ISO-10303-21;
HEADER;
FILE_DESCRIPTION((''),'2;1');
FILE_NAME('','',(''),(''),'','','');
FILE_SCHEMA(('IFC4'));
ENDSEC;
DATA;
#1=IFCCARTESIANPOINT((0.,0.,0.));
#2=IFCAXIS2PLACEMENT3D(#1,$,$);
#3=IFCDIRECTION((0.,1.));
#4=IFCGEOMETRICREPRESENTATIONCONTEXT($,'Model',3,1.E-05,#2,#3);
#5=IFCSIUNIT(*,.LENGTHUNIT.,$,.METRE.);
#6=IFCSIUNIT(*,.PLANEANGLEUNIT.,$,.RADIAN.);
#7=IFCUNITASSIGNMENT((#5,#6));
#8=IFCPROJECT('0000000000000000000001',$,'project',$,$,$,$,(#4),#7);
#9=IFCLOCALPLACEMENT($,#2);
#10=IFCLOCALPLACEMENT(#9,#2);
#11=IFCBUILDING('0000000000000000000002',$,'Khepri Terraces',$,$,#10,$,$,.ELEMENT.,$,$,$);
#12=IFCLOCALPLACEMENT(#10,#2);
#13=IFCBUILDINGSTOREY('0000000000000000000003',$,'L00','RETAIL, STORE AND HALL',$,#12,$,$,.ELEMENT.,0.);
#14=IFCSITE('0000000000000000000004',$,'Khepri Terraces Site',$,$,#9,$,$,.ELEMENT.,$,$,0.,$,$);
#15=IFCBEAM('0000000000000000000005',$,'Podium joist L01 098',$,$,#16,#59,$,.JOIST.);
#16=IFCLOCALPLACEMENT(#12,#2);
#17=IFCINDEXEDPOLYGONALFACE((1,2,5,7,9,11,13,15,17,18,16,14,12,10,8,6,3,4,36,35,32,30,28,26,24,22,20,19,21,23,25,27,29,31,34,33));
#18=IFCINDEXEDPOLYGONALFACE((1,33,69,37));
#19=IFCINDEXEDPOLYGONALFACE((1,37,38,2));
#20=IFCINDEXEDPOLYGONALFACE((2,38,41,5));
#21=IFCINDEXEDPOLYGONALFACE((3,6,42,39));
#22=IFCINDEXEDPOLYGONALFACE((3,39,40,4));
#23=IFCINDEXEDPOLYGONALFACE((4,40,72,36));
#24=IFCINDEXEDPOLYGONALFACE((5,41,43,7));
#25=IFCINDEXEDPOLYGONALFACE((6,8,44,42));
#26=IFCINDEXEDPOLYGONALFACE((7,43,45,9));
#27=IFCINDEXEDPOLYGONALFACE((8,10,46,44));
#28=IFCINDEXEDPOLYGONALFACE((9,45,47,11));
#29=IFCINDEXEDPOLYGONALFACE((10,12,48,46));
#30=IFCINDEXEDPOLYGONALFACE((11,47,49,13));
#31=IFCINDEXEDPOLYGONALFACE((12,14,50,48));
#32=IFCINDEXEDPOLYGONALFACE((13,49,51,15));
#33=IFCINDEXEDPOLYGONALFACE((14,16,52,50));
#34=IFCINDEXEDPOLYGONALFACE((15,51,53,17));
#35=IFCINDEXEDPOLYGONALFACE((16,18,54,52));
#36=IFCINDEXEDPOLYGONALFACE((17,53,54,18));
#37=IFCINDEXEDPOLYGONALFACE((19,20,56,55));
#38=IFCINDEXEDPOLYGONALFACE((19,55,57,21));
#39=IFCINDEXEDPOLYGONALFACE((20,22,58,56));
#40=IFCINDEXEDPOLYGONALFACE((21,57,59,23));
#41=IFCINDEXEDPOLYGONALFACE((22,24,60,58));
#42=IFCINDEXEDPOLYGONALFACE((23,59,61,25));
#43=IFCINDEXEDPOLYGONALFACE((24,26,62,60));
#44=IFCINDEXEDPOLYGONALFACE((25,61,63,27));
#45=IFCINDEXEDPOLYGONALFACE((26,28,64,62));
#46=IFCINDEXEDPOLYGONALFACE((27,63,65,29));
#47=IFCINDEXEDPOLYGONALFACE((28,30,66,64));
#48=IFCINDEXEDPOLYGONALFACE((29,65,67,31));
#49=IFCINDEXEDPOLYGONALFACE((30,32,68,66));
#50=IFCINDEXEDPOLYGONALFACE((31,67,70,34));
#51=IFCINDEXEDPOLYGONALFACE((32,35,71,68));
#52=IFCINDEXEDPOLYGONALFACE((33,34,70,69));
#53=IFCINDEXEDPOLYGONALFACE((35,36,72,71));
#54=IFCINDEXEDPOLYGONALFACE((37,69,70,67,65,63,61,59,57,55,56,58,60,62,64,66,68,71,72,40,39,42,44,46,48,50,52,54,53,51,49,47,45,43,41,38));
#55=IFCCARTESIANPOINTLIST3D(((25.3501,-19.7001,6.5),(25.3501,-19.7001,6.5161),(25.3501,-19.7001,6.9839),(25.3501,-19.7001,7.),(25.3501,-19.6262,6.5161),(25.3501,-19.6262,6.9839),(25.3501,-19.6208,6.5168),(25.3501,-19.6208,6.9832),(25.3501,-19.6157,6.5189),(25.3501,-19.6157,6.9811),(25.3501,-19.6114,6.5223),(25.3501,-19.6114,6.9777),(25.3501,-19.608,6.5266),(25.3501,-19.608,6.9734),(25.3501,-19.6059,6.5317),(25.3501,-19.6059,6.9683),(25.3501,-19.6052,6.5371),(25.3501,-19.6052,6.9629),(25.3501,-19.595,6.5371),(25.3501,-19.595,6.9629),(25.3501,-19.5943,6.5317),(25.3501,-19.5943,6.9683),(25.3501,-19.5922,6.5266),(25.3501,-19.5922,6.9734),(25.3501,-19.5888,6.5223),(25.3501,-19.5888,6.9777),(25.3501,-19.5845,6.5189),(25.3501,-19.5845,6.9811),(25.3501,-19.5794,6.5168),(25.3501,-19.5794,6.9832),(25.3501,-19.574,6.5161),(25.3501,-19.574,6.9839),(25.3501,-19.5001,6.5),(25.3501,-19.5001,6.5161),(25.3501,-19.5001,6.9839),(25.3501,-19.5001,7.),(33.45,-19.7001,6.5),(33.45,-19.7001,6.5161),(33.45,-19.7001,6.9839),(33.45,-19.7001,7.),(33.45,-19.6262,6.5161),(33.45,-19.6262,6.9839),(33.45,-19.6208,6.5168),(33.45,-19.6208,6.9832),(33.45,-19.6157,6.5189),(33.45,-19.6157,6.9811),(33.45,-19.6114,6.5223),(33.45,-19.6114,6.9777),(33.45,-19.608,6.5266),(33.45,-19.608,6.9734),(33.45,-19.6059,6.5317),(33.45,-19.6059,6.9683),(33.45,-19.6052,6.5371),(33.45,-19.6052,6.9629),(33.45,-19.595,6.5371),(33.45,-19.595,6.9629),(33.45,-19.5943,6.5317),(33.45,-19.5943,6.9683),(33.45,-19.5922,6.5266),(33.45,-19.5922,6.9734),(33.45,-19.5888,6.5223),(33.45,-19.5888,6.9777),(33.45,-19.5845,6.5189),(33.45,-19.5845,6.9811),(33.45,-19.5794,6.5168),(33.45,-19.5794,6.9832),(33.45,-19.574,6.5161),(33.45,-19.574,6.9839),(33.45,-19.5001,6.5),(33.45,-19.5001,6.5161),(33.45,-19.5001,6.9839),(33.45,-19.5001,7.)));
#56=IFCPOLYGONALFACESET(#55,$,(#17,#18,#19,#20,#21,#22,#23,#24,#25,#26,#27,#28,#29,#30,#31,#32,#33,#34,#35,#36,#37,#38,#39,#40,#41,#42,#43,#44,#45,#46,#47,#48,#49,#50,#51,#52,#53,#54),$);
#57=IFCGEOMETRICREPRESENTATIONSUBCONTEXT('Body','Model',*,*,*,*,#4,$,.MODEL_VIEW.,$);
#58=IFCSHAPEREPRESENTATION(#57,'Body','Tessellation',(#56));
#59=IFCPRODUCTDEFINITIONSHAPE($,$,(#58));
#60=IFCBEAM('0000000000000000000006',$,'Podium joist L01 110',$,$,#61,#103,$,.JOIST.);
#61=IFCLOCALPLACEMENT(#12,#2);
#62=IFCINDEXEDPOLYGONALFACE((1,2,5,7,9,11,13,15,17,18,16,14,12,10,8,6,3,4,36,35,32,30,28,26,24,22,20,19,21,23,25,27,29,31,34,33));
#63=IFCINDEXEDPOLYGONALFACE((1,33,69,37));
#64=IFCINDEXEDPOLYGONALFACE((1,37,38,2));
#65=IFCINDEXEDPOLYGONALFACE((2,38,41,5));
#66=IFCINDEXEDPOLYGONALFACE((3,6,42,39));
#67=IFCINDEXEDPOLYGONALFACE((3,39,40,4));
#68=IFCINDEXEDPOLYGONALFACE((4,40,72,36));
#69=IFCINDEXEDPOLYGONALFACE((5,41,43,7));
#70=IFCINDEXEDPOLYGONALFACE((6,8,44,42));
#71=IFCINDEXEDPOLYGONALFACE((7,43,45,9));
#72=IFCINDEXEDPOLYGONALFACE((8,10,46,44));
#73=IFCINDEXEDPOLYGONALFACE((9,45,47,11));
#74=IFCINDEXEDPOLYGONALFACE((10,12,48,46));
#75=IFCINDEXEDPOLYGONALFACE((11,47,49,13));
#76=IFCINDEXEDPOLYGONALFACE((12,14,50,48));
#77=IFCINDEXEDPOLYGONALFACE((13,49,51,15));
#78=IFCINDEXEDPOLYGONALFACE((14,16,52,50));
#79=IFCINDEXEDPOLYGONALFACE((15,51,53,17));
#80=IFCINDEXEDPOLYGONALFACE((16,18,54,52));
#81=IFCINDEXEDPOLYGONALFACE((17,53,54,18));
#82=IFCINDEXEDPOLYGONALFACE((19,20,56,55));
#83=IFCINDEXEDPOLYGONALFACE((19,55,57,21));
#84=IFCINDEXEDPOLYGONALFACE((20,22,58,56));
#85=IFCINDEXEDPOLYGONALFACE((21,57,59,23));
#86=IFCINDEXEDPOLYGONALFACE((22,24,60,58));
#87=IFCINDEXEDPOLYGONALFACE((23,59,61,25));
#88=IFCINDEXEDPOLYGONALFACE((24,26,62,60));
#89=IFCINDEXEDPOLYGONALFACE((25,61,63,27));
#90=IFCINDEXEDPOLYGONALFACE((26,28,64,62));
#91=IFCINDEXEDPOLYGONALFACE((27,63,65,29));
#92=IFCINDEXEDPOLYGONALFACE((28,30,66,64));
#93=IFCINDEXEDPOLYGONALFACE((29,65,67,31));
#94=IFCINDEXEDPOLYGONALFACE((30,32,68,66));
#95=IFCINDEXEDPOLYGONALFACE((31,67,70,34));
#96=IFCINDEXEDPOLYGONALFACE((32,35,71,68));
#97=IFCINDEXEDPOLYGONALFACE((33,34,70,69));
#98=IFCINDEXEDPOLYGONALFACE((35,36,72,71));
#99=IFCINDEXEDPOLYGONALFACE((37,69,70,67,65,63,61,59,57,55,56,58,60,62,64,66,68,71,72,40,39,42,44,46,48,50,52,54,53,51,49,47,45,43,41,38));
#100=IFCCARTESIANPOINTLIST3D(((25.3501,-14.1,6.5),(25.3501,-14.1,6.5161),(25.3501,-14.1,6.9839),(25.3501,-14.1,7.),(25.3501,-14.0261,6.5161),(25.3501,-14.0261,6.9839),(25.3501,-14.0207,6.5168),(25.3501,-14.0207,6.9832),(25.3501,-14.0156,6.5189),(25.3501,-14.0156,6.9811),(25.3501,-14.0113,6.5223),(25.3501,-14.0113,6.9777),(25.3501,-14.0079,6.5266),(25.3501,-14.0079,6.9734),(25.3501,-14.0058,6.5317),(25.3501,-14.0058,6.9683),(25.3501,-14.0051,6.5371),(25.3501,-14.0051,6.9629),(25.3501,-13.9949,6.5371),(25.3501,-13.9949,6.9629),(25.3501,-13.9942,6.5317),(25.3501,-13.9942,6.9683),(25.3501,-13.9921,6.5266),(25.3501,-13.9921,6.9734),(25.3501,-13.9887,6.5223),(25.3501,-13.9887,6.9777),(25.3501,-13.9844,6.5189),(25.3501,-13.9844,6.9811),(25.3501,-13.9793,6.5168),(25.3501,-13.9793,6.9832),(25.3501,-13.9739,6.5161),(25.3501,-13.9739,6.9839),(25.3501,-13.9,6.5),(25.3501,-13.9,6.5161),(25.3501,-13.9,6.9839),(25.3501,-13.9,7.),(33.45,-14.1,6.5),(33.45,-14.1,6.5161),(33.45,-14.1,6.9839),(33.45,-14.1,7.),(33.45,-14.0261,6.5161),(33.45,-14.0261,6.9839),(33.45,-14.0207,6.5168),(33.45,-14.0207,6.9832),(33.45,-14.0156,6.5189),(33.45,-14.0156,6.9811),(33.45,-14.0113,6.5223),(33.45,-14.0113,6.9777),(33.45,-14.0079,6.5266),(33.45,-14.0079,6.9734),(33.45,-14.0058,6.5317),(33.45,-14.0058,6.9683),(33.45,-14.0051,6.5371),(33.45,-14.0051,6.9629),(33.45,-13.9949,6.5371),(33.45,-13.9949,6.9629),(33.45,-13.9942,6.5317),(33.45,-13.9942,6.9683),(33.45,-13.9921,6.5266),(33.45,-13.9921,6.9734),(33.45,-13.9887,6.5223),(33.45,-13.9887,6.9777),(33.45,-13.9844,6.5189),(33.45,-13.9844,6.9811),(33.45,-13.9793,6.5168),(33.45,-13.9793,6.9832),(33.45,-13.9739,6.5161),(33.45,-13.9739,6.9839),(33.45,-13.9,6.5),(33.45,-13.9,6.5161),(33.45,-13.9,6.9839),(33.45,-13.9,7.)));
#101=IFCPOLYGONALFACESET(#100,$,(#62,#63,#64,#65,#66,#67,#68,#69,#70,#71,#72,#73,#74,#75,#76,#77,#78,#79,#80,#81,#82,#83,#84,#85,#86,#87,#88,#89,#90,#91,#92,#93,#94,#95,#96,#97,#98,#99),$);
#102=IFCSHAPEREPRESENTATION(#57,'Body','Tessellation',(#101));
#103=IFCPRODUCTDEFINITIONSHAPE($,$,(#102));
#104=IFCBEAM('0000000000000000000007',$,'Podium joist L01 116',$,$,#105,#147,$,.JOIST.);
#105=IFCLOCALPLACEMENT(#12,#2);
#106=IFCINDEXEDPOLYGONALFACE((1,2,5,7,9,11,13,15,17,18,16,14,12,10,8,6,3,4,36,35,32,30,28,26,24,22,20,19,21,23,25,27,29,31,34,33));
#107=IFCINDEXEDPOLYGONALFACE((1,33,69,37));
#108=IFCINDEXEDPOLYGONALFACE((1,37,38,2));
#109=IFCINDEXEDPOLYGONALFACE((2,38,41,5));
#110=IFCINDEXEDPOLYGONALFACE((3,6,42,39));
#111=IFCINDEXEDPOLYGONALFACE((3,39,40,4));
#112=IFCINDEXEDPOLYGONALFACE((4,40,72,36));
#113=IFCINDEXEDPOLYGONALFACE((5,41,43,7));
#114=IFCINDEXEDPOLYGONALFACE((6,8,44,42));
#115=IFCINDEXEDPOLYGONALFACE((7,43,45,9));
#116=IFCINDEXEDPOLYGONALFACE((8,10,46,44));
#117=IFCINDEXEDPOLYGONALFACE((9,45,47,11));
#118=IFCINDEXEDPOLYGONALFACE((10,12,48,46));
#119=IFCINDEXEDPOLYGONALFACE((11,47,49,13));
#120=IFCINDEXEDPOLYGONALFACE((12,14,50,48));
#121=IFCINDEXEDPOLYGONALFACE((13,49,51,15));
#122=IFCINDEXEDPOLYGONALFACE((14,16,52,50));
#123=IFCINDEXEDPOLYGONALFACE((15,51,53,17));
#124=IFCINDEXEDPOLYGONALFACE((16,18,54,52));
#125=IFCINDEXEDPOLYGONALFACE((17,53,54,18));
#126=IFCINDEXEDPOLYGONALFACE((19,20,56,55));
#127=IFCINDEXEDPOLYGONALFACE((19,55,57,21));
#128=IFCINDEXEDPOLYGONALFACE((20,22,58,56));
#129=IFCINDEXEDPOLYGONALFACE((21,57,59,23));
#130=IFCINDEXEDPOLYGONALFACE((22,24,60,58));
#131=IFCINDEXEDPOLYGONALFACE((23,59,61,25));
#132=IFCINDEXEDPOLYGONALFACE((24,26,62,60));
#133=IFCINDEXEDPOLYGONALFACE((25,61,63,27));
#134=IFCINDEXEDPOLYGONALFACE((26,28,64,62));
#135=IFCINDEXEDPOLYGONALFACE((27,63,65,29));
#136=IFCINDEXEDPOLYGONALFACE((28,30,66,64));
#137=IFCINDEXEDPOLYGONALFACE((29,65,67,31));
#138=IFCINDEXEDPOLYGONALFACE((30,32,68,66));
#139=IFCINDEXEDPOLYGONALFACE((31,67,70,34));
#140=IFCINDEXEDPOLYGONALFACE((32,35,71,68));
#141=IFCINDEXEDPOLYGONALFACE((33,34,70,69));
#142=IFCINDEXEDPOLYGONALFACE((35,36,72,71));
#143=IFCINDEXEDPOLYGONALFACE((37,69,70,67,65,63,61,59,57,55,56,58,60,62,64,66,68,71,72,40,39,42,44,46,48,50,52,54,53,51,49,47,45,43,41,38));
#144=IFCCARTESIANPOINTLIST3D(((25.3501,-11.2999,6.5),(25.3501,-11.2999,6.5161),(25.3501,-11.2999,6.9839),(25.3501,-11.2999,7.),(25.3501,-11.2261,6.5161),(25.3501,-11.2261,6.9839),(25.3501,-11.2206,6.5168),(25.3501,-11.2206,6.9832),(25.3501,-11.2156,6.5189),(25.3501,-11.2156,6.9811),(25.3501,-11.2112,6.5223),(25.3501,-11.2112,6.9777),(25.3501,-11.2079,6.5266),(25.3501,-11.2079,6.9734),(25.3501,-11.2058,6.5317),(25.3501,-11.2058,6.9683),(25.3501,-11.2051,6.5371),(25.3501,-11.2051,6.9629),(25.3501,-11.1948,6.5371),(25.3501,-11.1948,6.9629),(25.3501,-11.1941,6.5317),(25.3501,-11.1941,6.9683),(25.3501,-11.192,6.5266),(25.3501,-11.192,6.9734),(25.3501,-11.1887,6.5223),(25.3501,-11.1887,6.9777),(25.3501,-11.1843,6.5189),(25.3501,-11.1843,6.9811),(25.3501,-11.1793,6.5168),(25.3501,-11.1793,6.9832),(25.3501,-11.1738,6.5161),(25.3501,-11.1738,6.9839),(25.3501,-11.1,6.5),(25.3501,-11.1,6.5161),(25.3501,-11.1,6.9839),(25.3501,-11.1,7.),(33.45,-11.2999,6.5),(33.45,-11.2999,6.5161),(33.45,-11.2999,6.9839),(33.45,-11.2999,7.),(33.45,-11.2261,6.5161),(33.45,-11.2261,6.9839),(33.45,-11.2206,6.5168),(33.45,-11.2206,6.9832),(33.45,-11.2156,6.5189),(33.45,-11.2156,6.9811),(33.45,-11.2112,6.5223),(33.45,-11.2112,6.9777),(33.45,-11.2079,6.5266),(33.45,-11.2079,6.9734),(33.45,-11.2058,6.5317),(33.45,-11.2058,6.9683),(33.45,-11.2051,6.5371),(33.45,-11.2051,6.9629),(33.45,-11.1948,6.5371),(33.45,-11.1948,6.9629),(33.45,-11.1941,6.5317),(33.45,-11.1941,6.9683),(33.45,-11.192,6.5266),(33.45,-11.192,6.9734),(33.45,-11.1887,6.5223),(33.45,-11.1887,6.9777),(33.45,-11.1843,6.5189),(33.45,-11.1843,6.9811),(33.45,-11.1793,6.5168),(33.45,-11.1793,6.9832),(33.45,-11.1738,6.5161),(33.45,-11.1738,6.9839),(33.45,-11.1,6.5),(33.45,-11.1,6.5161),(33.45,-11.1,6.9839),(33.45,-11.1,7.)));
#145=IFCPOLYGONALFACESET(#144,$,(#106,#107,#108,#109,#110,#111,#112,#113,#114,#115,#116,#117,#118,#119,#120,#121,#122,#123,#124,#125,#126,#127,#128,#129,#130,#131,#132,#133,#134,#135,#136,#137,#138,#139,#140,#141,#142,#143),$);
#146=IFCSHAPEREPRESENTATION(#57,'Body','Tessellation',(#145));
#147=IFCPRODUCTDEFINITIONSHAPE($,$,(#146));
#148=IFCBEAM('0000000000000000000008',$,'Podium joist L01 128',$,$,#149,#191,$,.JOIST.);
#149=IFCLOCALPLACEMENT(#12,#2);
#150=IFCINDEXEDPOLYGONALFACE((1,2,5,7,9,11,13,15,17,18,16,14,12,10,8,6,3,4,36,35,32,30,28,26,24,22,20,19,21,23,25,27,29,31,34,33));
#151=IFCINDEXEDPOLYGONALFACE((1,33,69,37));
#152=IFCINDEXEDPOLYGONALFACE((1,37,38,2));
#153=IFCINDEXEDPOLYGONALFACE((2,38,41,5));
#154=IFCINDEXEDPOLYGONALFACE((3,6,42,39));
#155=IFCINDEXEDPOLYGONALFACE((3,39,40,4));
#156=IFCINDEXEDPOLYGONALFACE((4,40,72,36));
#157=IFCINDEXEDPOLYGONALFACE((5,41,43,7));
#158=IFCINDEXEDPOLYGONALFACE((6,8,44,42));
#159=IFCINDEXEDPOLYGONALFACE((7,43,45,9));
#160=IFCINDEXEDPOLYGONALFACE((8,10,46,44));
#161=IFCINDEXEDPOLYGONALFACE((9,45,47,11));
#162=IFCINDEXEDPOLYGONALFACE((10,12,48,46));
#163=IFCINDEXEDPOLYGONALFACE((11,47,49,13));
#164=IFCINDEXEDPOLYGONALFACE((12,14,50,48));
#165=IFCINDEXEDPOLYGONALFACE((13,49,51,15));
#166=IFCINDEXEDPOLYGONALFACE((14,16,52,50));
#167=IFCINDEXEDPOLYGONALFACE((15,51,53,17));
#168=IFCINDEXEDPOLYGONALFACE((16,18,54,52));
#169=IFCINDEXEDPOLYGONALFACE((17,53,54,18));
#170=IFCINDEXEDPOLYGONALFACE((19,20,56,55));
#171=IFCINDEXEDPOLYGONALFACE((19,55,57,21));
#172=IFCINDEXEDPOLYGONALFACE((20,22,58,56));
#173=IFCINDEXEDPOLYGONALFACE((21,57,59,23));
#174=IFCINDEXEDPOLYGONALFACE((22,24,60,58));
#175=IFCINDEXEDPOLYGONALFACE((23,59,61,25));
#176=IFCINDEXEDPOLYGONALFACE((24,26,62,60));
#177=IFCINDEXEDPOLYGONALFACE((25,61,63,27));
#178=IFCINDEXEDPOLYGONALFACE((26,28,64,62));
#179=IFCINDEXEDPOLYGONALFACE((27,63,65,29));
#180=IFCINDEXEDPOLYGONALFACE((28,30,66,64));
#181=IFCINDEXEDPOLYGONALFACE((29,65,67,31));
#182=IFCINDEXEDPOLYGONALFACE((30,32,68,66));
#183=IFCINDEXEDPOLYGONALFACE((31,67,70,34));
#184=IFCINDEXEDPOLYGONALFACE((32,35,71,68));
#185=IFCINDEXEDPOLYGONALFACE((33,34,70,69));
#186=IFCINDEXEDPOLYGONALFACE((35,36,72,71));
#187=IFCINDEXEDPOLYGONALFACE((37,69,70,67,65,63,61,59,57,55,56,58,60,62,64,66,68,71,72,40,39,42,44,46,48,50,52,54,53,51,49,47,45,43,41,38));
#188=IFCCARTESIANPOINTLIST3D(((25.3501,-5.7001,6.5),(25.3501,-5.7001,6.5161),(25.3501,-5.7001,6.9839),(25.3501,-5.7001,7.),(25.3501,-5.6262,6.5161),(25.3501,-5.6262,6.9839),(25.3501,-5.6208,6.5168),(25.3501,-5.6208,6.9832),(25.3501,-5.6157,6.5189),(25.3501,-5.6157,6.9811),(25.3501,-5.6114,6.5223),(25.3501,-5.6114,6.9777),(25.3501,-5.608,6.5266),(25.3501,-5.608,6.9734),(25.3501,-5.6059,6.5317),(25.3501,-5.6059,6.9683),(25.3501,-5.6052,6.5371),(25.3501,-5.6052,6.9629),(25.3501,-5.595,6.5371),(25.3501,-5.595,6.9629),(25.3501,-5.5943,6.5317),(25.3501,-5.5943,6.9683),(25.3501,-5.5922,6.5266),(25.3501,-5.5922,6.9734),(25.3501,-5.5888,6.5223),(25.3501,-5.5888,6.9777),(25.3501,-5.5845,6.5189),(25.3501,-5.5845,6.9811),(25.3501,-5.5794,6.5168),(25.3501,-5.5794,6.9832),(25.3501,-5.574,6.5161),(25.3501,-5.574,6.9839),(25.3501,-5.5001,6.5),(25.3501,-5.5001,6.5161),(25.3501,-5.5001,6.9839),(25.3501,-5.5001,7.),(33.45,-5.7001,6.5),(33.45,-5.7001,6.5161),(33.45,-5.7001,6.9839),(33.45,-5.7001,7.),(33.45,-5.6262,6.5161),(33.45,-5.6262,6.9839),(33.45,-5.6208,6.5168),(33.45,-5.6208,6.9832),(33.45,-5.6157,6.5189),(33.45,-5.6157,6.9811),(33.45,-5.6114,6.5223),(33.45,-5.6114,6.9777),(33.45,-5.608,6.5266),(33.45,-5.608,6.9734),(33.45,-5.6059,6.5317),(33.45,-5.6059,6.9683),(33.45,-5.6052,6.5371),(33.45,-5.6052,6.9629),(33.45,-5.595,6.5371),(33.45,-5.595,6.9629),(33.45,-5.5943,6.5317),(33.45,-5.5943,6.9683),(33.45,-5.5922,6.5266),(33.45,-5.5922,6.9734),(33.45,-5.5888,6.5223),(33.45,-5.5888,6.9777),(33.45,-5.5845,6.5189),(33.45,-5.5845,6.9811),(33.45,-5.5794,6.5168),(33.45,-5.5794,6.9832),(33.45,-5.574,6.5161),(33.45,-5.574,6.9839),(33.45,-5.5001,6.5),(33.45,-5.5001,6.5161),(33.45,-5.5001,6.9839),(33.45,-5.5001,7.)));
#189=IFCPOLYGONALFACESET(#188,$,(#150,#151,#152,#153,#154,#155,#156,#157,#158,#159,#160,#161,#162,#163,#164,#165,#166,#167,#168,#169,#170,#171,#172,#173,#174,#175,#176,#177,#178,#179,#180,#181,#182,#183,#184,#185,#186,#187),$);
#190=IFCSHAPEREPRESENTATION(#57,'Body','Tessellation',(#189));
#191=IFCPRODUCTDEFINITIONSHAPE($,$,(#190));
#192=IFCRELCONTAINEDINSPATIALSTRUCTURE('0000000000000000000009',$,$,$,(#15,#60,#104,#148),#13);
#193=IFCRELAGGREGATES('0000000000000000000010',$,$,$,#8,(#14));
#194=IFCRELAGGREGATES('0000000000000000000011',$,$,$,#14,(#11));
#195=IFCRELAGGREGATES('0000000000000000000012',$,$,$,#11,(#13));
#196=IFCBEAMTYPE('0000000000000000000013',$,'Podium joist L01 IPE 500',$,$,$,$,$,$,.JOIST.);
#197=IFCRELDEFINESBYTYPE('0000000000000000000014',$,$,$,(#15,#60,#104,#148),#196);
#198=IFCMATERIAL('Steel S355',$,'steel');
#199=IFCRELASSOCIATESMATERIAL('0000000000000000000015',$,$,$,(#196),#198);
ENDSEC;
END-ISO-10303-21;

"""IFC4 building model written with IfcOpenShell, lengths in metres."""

from ifc_helpers import new_model, si_unit, direction, frame, origin, origin_2d, place, context, subcontext, project, spatial, i_section, extrude, material, material_profile, profile_set, type_object, element, save


model = new_model("IFC4")

# Units and contexts
model_context = context("Model", 3, precision=1e-05, world=origin(), true_north=direction((0.0, 1.0)))
body_context = subcontext(model_context, "Body", "Model", "MODEL_VIEW")
ifc_project = project(units=[si_unit("LENGTHUNIT", "METRE"), si_unit("PLANEANGLEUNIT", "RADIAN")], contexts=[model_context])

# Site, building, storey
site_placement = place(None, origin())
site = spatial("IfcSite", under=ifc_project, at=site_placement, Name="Khepri Terraces Site", CompositionType="ELEMENT", RefElevation=0.0)
building_placement = place(site_placement, origin())
building = spatial("IfcBuilding", under=site, at=building_placement, Name="Khepri Terraces", CompositionType="ELEMENT")
storey_placement = place(building_placement, origin())
storey = spatial("IfcBuildingStorey", under=building, at=storey_placement, Name="L00", Description="RETAIL, STORE AND HALL", CompositionType="ELEMENT", Elevation=0.0)

# Beams
ifc_material_1 = material(Name="Steel S355", Category="steel")
ifc_material_profile_1 = material_profile(ifc_material_1, i_section(OverallWidth=0.2, OverallDepth=0.5, WebThickness=0.0103, FlangeThickness=0.0161, FilletRadius=0.021, at=origin_2d()), Name="Steel S355", Category="steel")
ifc_profile_set_1 = profile_set([ifc_material_profile_1], Name="Steel S355")
beam_type_1 = type_object("IfcBeamType", Name="Podium joist L01 IPE 500", PredefinedType="JOIST", material=ifc_profile_set_1)
for number, where, z_axis, x_axis, name in (
    (1, (25.3501, -19.6001, 6.75), (1.0, 0.0, 0.0), (0.0, 1.0, 0.0), "Podium joist L01 098"),
    (2, (25.3501, -14.0, 6.75), (1.0, 0.0, 0.0), (0.0, 1.0, 0.0), "Podium joist L01 110"),
    (3, (25.3501, -11.2, 6.75), (1.0, 0.0, 0.0), (0.0, 1.0, 0.0), "Podium joist L01 116"),
    (4, (25.3501, -5.6001, 6.75), (1.0, 0.0, 0.0), (0.0, 1.0, 0.0), "Podium joist L01 128"),
):
    element("IfcBeam", number, at=place(storey_placement, frame(where, z_axis=z_axis, x_axis=x_axis)), inside=storey, type_object=beam_type_1, Name=name, PredefinedType="JOIST", context=body_context, shape_type="SweptSolid", body=[
        extrude(i_section(OverallWidth=0.2, OverallDepth=0.5, WebThickness=0.0103, FlangeThickness=0.0161, FilletRadius=0.021, at=origin_2d()), origin(), (0.0, 0.0, 1.0), 8.0999),
    ])

save(model, "model.ifc")
